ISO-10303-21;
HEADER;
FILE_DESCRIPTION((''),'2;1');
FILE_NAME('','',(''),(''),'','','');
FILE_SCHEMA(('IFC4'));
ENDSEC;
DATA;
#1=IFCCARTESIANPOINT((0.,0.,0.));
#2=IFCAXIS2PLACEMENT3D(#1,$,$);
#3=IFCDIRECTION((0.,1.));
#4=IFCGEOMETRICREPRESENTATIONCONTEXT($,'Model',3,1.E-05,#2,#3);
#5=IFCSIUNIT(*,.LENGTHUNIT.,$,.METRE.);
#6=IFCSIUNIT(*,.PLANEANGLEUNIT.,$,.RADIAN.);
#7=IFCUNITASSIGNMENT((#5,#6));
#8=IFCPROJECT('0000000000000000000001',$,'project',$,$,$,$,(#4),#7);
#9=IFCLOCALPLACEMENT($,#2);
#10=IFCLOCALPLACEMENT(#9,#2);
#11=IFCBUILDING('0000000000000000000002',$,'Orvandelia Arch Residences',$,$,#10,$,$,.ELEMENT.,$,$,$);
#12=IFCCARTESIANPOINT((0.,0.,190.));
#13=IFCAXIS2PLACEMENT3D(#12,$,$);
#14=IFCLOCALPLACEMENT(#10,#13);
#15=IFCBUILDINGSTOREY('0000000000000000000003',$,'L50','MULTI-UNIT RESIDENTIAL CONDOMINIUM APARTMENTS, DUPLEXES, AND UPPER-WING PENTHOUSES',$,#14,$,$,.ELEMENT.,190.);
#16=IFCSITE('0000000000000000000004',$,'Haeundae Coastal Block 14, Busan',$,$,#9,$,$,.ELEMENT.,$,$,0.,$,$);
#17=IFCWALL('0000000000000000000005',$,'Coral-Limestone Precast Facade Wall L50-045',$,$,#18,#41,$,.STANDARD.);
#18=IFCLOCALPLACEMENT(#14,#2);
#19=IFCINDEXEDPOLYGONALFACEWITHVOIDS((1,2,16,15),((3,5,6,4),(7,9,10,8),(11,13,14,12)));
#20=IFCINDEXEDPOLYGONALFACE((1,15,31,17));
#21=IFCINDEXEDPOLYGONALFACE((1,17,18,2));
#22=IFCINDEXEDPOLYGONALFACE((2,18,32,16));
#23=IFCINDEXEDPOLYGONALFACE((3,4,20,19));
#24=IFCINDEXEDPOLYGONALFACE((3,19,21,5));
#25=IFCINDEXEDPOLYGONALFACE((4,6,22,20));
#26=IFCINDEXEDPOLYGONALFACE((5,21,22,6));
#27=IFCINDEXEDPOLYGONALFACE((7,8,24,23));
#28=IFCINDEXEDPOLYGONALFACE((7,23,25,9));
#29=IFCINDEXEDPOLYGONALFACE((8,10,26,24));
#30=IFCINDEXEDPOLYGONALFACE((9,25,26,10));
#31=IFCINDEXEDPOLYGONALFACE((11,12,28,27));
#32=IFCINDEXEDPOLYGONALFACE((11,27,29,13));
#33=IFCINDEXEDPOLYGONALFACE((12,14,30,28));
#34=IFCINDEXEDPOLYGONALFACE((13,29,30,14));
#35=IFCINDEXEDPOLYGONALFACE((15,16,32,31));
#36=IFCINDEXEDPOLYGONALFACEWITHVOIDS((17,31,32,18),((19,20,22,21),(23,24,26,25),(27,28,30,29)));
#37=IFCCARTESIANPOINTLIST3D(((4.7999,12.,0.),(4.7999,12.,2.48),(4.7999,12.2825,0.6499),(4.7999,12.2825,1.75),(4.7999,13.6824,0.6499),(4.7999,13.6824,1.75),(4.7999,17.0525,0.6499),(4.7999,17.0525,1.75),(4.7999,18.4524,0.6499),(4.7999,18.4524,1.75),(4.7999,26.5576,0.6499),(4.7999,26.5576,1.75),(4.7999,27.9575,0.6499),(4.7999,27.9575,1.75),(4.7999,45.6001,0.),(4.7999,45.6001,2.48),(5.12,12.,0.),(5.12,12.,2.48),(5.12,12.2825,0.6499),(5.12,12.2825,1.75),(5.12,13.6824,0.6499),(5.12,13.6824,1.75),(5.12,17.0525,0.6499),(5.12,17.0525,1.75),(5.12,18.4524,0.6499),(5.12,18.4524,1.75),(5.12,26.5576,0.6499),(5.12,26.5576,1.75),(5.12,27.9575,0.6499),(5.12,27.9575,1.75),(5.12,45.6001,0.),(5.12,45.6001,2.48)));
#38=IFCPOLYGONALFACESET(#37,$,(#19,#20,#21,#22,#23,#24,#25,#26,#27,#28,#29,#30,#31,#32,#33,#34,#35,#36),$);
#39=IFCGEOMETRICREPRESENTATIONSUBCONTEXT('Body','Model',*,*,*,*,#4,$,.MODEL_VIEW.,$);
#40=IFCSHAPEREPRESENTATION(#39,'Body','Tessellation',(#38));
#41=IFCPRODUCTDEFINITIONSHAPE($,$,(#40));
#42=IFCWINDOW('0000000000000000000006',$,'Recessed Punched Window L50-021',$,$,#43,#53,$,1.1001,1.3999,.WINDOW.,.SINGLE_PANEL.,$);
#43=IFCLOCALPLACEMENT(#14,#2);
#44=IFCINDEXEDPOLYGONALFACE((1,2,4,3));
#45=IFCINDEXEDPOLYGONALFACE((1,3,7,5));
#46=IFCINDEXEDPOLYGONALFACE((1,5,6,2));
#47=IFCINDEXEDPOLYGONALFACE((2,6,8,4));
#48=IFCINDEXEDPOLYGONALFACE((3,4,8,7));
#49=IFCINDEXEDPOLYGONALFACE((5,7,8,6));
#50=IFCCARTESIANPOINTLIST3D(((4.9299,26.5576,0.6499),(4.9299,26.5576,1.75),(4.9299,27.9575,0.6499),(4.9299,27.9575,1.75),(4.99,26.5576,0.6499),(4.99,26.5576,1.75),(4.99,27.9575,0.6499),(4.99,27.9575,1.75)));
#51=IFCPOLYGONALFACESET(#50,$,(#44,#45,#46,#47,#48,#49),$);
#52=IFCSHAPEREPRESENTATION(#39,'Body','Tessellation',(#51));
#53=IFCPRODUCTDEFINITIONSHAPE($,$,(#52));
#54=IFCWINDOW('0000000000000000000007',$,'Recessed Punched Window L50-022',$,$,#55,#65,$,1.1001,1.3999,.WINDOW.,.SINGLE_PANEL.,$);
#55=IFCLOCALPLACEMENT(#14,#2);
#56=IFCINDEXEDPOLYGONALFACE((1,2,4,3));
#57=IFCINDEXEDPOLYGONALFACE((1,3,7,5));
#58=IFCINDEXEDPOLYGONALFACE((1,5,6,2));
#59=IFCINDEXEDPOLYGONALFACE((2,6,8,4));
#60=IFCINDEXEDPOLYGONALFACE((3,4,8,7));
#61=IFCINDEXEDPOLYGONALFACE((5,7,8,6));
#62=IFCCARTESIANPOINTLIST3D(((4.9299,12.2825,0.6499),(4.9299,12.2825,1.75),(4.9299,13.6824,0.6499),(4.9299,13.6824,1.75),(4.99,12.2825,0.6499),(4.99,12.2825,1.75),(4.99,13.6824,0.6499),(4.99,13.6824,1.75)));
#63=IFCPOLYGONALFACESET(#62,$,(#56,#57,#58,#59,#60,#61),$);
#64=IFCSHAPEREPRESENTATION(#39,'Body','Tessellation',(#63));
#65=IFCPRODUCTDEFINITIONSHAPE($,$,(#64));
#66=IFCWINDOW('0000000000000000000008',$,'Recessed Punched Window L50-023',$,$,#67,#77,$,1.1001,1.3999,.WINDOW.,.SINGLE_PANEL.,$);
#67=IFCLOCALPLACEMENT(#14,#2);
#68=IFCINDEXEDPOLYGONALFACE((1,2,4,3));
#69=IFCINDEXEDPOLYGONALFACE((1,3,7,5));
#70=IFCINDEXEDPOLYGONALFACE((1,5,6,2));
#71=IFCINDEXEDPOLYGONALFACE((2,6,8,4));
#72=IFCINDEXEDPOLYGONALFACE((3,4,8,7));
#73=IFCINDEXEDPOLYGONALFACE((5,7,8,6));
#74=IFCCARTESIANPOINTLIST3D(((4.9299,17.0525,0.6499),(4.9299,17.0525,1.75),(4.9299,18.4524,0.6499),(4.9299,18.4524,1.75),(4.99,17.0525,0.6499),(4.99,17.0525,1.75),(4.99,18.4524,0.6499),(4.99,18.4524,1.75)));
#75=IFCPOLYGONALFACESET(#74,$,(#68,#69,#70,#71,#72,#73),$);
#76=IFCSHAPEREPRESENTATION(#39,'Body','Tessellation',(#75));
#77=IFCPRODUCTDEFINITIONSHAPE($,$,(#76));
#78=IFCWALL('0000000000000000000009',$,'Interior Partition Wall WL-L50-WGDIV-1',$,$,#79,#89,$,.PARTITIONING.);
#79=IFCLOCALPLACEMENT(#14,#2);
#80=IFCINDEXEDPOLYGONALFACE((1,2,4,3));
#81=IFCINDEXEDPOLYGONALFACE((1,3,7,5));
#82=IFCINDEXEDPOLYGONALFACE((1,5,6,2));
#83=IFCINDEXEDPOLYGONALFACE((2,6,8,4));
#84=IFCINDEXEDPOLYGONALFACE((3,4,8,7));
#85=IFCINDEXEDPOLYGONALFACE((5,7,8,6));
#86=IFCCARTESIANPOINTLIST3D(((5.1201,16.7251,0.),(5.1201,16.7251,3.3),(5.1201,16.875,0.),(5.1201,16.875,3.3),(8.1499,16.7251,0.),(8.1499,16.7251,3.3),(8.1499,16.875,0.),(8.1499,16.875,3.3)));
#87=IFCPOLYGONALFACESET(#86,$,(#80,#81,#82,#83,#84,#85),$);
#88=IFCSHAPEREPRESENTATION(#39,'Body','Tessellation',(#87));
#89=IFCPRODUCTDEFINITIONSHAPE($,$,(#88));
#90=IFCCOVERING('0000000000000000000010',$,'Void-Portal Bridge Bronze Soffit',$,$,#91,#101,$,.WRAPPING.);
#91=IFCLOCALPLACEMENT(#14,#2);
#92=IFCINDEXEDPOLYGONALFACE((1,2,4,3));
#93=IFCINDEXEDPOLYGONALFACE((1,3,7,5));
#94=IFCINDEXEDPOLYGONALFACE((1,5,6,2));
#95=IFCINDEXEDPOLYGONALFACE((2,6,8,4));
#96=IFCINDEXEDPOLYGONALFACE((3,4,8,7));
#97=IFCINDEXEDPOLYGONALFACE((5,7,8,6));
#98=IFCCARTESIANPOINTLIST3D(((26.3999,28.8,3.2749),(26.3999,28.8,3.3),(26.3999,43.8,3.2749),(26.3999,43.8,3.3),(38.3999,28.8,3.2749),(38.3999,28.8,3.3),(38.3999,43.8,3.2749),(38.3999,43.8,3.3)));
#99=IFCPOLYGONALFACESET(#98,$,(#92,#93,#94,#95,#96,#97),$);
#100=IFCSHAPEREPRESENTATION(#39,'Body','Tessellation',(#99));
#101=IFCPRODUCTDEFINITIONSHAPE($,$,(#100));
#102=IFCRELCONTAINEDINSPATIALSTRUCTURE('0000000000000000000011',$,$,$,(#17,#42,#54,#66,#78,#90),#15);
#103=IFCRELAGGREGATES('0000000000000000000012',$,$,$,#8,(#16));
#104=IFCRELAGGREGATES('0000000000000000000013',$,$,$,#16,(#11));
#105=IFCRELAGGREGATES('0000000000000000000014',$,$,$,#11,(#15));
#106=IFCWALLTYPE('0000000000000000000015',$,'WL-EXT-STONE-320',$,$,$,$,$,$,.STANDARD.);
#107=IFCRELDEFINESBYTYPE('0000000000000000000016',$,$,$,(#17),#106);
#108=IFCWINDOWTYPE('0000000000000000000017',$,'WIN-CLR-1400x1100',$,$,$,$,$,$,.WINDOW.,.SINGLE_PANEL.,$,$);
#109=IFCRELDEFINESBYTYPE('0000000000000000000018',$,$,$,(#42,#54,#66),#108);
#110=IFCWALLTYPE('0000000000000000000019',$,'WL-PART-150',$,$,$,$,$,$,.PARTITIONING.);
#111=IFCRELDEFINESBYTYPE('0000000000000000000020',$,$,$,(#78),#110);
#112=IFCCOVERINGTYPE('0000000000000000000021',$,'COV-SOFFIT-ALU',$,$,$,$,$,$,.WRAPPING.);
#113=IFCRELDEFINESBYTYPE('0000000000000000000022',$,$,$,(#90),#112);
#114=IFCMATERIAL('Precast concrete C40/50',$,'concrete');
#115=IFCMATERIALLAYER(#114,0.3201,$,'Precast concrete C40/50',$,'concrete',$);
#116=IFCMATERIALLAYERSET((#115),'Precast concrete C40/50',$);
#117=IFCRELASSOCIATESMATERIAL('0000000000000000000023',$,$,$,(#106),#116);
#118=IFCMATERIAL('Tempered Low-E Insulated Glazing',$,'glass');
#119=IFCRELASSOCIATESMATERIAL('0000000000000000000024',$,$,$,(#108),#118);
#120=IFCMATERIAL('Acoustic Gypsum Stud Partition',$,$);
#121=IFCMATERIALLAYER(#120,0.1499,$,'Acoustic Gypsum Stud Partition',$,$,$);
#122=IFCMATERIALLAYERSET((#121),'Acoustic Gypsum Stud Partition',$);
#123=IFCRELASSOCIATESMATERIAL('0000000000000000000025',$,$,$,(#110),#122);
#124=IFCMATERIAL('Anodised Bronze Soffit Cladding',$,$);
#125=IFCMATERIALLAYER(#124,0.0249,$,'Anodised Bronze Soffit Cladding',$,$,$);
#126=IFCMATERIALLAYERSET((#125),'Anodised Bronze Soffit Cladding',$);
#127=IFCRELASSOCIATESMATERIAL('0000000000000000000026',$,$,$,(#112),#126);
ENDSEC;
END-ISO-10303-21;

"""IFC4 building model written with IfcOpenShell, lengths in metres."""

from ifc_helpers import new_model, si_unit, direction, frame, frame_2d, origin, place, context, subcontext, project, spatial, polyline, rectangle, outline, extrude, material, layer, layer_set, type_object, element, fill, save


model = new_model("IFC4")

# Units and contexts
model_context = context("Model", 3, precision=1e-05, world=origin(), true_north=direction((0.0, 1.0)))
body_context = subcontext(model_context, "Body", "Model", "MODEL_VIEW")
ifc_project = project(units=[si_unit("LENGTHUNIT", "METRE"), si_unit("PLANEANGLEUNIT", "RADIAN")], contexts=[model_context])

# Site, building, storey
site_placement = place(None, origin())
site = spatial("IfcSite", under=ifc_project, at=site_placement, Name="Haeundae Coastal Block 14, Busan", CompositionType="ELEMENT", RefElevation=0.0)
building_placement = place(site_placement, origin())
building = spatial("IfcBuilding", under=site, at=building_placement, Name="Orvandelia Arch Residences", CompositionType="ELEMENT")
storey_placement = place(building_placement, frame((0.0, 0.0, 190.0)))
storey = spatial("IfcBuildingStorey", under=building, at=storey_placement, Name="L50", Description="MULTI-UNIT RESIDENTIAL CONDOMINIUM APARTMENTS, DUPLEXES, AND UPPER-WING PENTHOUSES", CompositionType="ELEMENT", Elevation=190.0)

# Shared definitions
ifc_material_1 = material(Name="Precast concrete C40/50", Category="concrete")
ifc_layer_1 = layer(ifc_material_1, 0.3201, Name="Precast concrete C40/50", Category="concrete")
ifc_layer_set_1 = layer_set([ifc_layer_1], Name="Precast concrete C40/50")
wall_type_1 = type_object("IfcWallType", Name="WL-EXT-STONE-320", PredefinedType="STANDARD", material=ifc_layer_set_1)

# Wall, openings, windows
wall_1_placement = place(storey_placement, frame((4.96, 12.0, 0.0), z_axis=(0.0, 0.0, 1.0), x_axis=(0.0, 1.0, 0.0)))
wall_1 = element("IfcWall", 1, at=wall_1_placement, inside=storey, type_object=wall_type_1, Name="Coral-Limestone Precast Facade Wall L50-045", PredefinedType="STANDARD", context=body_context, shape_type="SweptSolid", body=[
    extrude(rectangle(XDim=33.6001, YDim=0.3201, at=frame_2d((16.8, 0.0))), origin(), (0.0, 0.0, 1.0), 2.48),
])
opening_1_placement = place(wall_1_placement, frame((14.5576, 0.0, 0.6499)))
opening_1 = element("IfcOpeningElement", 2, at=opening_1_placement, cuts=wall_1, PredefinedType="OPENING", context=body_context, shape_type="SweptSolid", body=[
    extrude(rectangle(XDim=1.3999, YDim=1.1001, at=frame_2d((0.7, 0.55))), frame((0.0, 0.1699, 0.0), z_axis=(0.0, -1.0, 0.0), x_axis=(1.0, 0.0, 0.0)), (0.0, 0.0, 1.0), 0.3401),
])
opening_2_placement = place(wall_1_placement, frame((0.2825, 0.0, 0.6499)))
opening_2 = element("IfcOpeningElement", 3, at=opening_2_placement, cuts=wall_1, PredefinedType="OPENING", context=body_context, shape_type="SweptSolid", body=[
    extrude(rectangle(XDim=1.3999, YDim=1.1001, at=frame_2d((0.7, 0.55))), frame((0.0, 0.1699, 0.0), z_axis=(0.0, -1.0, 0.0), x_axis=(1.0, 0.0, 0.0)), (0.0, 0.0, 1.0), 0.3401),
])
opening_3_placement = place(wall_1_placement, frame((5.0525, 0.0, 0.6499)))
opening_3 = element("IfcOpeningElement", 4, at=opening_3_placement, cuts=wall_1, PredefinedType="OPENING", context=body_context, shape_type="SweptSolid", body=[
    extrude(rectangle(XDim=1.3999, YDim=1.1001, at=frame_2d((0.7, 0.55))), frame((0.0, 0.1699, 0.0), z_axis=(0.0, -1.0, 0.0), x_axis=(1.0, 0.0, 0.0)), (0.0, 0.0, 1.0), 0.3401),
])
ifc_material_2 = material(Name="Tempered Low-E Insulated Glazing", Category="glass")
window_type = type_object("IfcWindowType", Name="WIN-CLR-1400x1100", PartitioningType="SINGLE_PANEL", PredefinedType="WINDOW", material=ifc_material_2)
window_1_placement = place(opening_1_placement, origin())
window_1 = element("IfcWindow", 5, at=window_1_placement, inside=storey, type_object=window_type, Name="Recessed Punched Window L50-021", OverallHeight=1.1001, OverallWidth=1.3999, PartitioningType="SINGLE_PANEL", PredefinedType="WINDOW", context=body_context, shape_type="SweptSolid", body=[
    extrude(rectangle(XDim=1.3999, YDim=1.1001, at=frame_2d((0.7, 0.55))), frame((0.0, 0.03, 0.0), z_axis=(0.0, -1.0, 0.0), x_axis=(1.0, 0.0, 0.0)), (0.0, 0.0, 1.0), 0.0601),
])
fill(opening_1, window_1)
window_2_placement = place(opening_2_placement, origin())
window_2 = element("IfcWindow", 6, at=window_2_placement, inside=storey, type_object=window_type, Name="Recessed Punched Window L50-022", OverallHeight=1.1001, OverallWidth=1.3999, PartitioningType="SINGLE_PANEL", PredefinedType="WINDOW", context=body_context, shape_type="SweptSolid", body=[
    extrude(rectangle(XDim=1.3999, YDim=1.1001, at=frame_2d((0.7, 0.55))), frame((0.0, 0.03, 0.0), z_axis=(0.0, -1.0, 0.0), x_axis=(1.0, 0.0, 0.0)), (0.0, 0.0, 1.0), 0.0601),
])
fill(opening_2, window_2)
window_3_placement = place(opening_3_placement, origin())
window_3 = element("IfcWindow", 7, at=window_3_placement, inside=storey, type_object=window_type, Name="Recessed Punched Window L50-023", OverallHeight=1.1001, OverallWidth=1.3999, PartitioningType="SINGLE_PANEL", PredefinedType="WINDOW", context=body_context, shape_type="SweptSolid", body=[
    extrude(rectangle(XDim=1.3999, YDim=1.1001, at=frame_2d((0.7, 0.55))), frame((0.0, 0.03, 0.0), z_axis=(0.0, -1.0, 0.0), x_axis=(1.0, 0.0, 0.0)), (0.0, 0.0, 1.0), 0.0601),
])
fill(opening_3, window_3)

# Wall
ifc_material_3 = material(Name="Acoustic Gypsum Stud Partition")
ifc_layer_2 = layer(ifc_material_3, 0.1499, Name="Acoustic Gypsum Stud Partition")
ifc_layer_set_2 = layer_set([ifc_layer_2], Name="Acoustic Gypsum Stud Partition")
wall_type_2 = type_object("IfcWallType", Name="WL-PART-150", PredefinedType="PARTITIONING", material=ifc_layer_set_2)
wall_2_placement = place(storey_placement, frame((5.1201, 16.8, 0.0), z_axis=(0.0, 0.0, 1.0), x_axis=(1.0, 0.0, 0.0)))
element("IfcWall", 8, at=wall_2_placement, inside=storey, type_object=wall_type_2, Name="Interior Partition Wall WL-L50-WGDIV-1", PredefinedType="PARTITIONING", context=body_context, shape_type="SweptSolid", body=[
    extrude(rectangle(XDim=3.0298, YDim=0.1499, at=frame_2d((1.5149, 0.0))), origin(), (0.0, 0.0, 1.0), 3.3),
])

# Covering
ifc_material_4 = material(Name="Anodised Bronze Soffit Cladding")
ifc_layer_3 = layer(ifc_material_4, 0.0249, Name="Anodised Bronze Soffit Cladding")
ifc_layer_set_3 = layer_set([ifc_layer_3], Name="Anodised Bronze Soffit Cladding")
covering_type = type_object("IfcCoveringType", Name="COV-SOFFIT-ALU", PredefinedType="WRAPPING", material=ifc_layer_set_3)
covering_placement = place(storey_placement, frame((0.0, 0.0, 3.2749)))
element("IfcCovering", 9, at=covering_placement, inside=storey, type_object=covering_type, Name="Void-Portal Bridge Bronze Soffit", PredefinedType="WRAPPING", context=body_context, shape_type="SweptSolid", body=[
    extrude(outline(polyline([(26.3999, 28.8), (38.3999, 28.8), (38.3999, 43.8), (26.3999, 43.8), (26.3999, 28.8)])), origin(), (0.0, 0.0, 1.0), 0.0251),
])

save(model, "model.ifc")
